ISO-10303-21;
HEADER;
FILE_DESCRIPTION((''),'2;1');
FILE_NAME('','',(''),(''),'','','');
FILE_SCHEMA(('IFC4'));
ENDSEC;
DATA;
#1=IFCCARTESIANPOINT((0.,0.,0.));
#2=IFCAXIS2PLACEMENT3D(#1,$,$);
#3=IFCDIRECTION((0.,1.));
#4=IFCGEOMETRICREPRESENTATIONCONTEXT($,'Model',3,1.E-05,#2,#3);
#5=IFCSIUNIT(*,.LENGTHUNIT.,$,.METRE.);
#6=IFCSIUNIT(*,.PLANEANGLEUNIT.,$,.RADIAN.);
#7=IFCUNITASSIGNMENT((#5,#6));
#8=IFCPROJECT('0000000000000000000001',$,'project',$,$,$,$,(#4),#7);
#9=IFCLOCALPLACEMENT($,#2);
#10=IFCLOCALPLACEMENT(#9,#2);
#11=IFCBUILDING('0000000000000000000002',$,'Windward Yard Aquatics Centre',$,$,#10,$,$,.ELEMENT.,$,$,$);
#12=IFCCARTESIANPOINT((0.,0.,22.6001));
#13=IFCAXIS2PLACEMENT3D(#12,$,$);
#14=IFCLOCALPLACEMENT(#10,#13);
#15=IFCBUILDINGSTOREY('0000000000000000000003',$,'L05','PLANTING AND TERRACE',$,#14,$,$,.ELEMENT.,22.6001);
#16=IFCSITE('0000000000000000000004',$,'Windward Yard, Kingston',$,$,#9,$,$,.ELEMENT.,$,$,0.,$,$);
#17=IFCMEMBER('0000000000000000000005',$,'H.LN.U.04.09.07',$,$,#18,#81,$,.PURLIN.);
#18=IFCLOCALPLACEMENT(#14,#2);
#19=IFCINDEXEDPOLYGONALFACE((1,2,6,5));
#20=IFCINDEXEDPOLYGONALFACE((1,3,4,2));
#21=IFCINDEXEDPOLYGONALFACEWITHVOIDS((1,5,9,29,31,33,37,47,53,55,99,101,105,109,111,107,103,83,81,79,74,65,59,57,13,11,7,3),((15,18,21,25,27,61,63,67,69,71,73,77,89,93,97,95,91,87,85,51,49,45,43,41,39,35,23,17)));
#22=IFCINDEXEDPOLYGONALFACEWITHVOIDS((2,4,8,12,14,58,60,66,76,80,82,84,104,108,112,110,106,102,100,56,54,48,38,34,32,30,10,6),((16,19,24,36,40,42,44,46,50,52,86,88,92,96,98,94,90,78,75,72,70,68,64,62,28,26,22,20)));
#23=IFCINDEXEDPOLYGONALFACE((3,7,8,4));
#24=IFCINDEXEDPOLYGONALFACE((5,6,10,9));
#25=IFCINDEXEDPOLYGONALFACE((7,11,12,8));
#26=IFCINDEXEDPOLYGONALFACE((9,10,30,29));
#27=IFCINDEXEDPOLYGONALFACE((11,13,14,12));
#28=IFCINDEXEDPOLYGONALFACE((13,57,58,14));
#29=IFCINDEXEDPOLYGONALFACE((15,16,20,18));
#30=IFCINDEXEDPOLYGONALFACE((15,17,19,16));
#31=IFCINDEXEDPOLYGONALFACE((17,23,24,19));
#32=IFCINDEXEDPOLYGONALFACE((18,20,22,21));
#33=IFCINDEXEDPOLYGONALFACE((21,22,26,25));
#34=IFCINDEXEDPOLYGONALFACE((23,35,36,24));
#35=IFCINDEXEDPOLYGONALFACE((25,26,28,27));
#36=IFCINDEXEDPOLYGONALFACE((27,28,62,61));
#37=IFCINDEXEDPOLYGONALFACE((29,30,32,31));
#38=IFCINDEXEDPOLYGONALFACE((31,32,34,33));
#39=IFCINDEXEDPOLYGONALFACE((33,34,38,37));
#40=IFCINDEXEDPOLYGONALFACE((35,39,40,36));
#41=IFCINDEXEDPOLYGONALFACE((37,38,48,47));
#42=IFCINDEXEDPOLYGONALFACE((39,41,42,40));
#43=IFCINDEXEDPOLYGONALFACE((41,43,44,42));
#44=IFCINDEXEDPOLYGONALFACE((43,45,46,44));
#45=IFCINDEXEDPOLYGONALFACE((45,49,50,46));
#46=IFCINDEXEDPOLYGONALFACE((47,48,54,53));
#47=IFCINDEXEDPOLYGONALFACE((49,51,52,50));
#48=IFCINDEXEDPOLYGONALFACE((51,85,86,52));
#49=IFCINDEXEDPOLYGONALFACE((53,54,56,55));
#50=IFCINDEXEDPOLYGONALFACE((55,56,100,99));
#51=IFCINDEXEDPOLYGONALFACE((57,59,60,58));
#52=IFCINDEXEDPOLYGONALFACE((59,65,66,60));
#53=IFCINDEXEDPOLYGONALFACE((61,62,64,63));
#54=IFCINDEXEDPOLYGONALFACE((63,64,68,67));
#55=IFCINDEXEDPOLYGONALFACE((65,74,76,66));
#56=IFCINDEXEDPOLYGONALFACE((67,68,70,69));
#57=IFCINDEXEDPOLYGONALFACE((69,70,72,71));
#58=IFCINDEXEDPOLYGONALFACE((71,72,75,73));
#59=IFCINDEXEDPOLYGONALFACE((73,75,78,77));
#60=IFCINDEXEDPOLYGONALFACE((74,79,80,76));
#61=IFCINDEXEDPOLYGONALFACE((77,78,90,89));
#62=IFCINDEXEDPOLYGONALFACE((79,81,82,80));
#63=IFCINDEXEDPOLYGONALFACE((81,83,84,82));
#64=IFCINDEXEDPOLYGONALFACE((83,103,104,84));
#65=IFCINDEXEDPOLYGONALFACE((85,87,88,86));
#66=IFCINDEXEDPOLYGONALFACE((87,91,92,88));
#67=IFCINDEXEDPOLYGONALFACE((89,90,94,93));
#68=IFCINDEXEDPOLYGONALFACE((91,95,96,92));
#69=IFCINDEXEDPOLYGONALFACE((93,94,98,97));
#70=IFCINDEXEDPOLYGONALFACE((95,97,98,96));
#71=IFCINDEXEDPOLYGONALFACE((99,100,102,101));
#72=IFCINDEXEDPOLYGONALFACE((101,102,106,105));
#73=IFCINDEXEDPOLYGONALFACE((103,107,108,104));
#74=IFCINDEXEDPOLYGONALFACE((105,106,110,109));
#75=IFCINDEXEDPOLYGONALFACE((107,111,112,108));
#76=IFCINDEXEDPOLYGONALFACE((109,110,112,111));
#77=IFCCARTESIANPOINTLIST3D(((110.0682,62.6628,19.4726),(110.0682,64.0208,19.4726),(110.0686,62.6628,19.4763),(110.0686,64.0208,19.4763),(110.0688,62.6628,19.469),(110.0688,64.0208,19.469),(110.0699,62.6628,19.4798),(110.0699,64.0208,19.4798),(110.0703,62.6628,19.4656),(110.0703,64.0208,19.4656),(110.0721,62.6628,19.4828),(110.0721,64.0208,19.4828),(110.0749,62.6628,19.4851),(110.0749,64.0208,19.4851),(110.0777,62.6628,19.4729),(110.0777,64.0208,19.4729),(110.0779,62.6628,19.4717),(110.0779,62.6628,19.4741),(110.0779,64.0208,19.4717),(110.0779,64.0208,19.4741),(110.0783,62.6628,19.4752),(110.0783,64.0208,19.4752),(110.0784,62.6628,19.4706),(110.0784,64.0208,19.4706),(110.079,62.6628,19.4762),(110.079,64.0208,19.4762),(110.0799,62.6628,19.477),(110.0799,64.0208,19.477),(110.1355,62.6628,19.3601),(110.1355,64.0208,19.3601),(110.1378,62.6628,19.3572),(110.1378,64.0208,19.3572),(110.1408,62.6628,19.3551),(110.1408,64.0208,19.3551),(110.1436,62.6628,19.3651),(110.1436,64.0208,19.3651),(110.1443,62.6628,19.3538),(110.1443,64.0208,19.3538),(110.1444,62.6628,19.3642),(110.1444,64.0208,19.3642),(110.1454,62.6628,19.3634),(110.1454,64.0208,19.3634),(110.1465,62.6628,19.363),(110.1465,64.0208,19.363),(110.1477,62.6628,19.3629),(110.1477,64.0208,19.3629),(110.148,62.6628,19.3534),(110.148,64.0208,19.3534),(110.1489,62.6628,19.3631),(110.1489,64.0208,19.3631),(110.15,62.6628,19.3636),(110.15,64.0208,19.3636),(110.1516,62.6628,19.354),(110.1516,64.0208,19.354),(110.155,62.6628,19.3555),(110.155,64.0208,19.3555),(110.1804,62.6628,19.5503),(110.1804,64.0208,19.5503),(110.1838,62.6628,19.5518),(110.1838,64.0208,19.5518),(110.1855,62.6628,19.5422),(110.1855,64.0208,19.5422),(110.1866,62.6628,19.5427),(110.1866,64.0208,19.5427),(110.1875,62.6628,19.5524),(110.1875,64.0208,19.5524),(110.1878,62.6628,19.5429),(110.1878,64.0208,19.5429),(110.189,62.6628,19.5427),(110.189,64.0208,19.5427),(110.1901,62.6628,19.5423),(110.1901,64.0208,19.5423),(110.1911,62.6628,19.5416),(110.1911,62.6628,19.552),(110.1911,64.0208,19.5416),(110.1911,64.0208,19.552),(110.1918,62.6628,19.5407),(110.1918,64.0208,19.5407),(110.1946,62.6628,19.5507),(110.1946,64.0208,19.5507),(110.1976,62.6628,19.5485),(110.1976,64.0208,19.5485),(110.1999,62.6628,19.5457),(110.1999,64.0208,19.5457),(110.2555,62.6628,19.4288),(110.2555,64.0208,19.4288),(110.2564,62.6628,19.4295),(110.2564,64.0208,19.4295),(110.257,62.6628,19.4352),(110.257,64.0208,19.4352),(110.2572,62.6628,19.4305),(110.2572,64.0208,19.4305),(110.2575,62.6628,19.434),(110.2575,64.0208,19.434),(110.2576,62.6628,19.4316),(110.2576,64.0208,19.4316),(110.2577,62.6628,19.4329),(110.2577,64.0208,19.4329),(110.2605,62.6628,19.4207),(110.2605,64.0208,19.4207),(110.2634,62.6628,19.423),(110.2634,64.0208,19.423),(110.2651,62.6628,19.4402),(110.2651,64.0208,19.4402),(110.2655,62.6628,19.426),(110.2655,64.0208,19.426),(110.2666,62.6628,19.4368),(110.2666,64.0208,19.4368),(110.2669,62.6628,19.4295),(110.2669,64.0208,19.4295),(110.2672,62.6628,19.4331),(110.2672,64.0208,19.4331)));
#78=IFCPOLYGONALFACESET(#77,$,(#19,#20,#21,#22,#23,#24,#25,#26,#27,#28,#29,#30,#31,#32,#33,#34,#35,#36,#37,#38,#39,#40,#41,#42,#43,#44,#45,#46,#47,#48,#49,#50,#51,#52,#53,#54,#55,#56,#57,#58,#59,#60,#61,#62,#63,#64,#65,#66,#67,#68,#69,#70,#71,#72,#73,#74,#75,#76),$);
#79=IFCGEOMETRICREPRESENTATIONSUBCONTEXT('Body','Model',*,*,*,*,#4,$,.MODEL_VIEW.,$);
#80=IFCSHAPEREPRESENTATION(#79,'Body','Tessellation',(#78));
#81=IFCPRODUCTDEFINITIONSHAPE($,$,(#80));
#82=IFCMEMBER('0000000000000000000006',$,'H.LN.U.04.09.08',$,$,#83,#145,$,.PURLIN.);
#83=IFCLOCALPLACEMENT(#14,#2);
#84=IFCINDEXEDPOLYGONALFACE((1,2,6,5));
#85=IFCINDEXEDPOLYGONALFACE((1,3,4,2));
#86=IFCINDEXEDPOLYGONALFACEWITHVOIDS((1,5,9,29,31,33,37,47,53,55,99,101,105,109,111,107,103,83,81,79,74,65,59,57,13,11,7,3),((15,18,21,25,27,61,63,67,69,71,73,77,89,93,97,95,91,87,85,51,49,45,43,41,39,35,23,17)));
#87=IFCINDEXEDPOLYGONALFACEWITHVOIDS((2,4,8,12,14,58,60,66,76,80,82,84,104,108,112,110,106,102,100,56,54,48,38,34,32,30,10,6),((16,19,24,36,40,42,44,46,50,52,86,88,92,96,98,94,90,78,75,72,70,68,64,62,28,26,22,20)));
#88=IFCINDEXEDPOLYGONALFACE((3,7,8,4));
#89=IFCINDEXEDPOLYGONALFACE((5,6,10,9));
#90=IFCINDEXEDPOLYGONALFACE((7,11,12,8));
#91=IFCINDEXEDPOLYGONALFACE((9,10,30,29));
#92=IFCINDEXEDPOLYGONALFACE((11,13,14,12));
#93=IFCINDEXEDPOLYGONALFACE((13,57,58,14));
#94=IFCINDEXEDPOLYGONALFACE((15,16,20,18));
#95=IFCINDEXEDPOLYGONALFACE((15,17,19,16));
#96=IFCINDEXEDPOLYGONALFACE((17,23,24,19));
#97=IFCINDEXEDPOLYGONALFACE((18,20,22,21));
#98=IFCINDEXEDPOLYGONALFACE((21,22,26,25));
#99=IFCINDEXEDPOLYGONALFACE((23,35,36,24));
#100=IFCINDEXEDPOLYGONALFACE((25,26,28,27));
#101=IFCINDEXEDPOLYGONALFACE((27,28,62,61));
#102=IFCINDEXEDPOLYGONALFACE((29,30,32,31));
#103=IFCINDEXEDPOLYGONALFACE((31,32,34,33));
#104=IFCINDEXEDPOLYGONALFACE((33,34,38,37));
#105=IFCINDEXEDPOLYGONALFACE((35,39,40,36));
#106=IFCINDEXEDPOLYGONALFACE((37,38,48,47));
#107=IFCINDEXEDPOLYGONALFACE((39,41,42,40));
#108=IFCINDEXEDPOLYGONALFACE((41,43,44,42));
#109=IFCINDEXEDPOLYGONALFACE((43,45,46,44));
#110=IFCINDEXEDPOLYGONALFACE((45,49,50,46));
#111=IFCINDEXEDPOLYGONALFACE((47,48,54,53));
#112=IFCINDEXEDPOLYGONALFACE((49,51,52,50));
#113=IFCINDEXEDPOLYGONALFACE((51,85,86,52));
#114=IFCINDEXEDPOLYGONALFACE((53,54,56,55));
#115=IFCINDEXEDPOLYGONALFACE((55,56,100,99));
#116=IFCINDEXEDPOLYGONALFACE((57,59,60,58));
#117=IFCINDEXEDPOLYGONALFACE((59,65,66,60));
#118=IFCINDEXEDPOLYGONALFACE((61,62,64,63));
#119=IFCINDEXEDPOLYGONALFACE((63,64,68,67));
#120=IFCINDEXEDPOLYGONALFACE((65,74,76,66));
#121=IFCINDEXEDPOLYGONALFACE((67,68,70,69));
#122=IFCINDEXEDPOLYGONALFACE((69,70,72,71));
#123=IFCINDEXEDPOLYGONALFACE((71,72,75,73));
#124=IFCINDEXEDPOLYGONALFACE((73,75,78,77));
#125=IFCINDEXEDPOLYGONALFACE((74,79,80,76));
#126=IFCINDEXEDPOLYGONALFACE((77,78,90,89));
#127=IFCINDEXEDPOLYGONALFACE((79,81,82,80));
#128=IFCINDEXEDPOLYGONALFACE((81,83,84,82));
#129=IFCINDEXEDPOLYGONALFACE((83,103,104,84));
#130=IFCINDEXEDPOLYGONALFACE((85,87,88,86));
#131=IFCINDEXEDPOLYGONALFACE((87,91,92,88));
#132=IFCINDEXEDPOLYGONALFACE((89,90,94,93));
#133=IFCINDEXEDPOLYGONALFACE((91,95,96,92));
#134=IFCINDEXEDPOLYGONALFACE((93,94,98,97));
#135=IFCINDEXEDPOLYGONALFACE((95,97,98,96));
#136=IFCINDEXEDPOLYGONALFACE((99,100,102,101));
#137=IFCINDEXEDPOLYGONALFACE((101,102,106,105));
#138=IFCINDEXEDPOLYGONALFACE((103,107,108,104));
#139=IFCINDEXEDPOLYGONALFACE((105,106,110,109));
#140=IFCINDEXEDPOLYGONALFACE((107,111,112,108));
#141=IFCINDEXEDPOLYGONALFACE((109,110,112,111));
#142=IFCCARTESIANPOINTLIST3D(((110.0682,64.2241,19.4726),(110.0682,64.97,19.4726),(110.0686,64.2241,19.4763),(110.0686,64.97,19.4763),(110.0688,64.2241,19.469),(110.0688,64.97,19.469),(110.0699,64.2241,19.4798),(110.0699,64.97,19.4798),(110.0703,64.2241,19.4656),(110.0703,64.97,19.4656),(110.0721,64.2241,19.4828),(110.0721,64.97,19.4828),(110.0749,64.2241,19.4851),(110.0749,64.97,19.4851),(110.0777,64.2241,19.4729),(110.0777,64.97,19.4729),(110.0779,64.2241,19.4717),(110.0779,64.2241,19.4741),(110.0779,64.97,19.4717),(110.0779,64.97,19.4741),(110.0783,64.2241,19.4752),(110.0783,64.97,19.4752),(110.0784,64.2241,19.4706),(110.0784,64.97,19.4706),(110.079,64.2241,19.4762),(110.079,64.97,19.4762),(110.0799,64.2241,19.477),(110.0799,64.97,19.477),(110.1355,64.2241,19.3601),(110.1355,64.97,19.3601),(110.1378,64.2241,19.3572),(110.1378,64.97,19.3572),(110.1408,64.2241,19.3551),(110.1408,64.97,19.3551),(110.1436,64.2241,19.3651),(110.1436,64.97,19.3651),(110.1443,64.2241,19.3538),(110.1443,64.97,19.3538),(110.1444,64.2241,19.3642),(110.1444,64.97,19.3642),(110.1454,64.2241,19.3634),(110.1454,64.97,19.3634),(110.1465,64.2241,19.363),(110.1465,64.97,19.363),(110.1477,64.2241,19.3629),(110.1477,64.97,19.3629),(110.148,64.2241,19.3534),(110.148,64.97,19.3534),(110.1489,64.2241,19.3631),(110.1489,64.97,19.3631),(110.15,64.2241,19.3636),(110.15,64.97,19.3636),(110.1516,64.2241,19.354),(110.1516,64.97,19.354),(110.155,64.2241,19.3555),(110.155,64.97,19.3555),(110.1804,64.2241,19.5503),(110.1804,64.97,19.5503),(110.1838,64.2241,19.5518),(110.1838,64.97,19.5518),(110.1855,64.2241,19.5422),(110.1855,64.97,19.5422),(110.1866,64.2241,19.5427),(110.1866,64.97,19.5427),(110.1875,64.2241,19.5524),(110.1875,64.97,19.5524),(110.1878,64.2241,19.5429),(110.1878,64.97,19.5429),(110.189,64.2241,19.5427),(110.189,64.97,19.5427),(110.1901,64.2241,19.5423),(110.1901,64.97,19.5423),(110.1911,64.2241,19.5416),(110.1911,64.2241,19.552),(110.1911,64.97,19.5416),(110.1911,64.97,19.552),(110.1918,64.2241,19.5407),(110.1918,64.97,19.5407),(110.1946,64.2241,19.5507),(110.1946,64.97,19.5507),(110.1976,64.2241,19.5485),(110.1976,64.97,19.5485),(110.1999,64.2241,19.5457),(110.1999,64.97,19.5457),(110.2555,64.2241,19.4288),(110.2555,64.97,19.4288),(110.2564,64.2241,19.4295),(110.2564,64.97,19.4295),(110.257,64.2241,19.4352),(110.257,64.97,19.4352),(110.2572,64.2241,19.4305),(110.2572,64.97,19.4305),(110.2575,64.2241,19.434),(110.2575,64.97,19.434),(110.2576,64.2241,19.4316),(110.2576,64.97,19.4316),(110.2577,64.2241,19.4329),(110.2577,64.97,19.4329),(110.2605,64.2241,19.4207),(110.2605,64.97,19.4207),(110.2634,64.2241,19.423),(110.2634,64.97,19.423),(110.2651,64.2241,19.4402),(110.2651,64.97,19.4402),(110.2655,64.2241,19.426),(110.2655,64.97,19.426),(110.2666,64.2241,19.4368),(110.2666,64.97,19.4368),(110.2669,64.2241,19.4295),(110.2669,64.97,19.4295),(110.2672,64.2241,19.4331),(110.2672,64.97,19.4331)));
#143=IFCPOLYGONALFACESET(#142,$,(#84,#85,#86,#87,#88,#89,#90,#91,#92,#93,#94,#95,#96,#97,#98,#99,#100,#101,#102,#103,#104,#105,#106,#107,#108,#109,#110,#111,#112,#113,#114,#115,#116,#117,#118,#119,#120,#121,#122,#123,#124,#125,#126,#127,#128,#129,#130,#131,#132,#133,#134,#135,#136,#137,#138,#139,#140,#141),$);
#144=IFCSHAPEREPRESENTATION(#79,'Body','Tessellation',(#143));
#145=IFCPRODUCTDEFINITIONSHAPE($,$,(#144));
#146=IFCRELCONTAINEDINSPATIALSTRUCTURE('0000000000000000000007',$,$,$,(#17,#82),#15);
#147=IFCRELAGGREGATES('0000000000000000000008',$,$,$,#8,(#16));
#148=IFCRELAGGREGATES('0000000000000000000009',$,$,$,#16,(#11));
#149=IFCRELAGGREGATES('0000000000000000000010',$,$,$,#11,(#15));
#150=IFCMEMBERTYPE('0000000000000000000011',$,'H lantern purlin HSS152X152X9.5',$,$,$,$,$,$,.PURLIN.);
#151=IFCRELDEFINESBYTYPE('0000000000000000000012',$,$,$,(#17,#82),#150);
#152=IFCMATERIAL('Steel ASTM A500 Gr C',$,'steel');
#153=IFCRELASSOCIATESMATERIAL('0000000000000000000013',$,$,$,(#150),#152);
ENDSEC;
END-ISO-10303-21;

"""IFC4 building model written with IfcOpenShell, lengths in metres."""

from ifc_helpers import new_model, si_unit, direction, frame, origin, origin_2d, place, context, subcontext, project, spatial, hollow_rectangle, extrude, material, material_profile, profile_set, type_object, element, save


model = new_model("IFC4")

# Units and contexts
model_context = context("Model", 3, precision=1e-05, world=origin(), true_north=direction((0.0, 1.0)))
body_context = subcontext(model_context, "Body", "Model", "MODEL_VIEW")
ifc_project = project(units=[si_unit("LENGTHUNIT", "METRE"), si_unit("PLANEANGLEUNIT", "RADIAN")], contexts=[model_context])

# Site, building, storey
site_placement = place(None, origin())
site = spatial("IfcSite", under=ifc_project, at=site_placement, Name="Windward Yard, Kingston", CompositionType="ELEMENT", RefElevation=0.0)
building_placement = place(site_placement, origin())
building = spatial("IfcBuilding", under=site, at=building_placement, Name="Windward Yard Aquatics Centre", CompositionType="ELEMENT")
storey_placement = place(building_placement, frame((0.0, 0.0, 22.6001)))
storey = spatial("IfcBuildingStorey", under=building, at=storey_placement, Name="L05", Description="PLANTING AND TERRACE", CompositionType="ELEMENT", Elevation=22.6001)

# Members
ifc_material_1 = material(Name="Steel ASTM A500 Gr C", Category="steel")
ifc_material_profile = material_profile(ifc_material_1, hollow_rectangle(XDim=0.1523, YDim=0.1523, WallThickness=0.0095, InnerFilletRadius=0.0046, OuterFilletRadius=0.0142, at=origin_2d()), Name="HSS152X152X9.5")
ifc_profile_set = profile_set([ifc_material_profile], Name="Steel ASTM A500 Gr C")
member_type = type_object("IfcMemberType", Name="H lantern purlin HSS152X152X9.5", PredefinedType="PURLIN", material=ifc_profile_set)
member_1_placement = place(storey_placement, frame((110.1677, 62.6628, 19.4529), z_axis=(0.0, 1.0, 0.0), x_axis=(-0.850755, 0.0, -0.525562)))
element("IfcMember", 1, at=member_1_placement, inside=storey, type_object=member_type, Name="H.LN.U.04.09.07", PredefinedType="PURLIN", context=body_context, shape_type="SweptSolid", body=[
    extrude(hollow_rectangle(XDim=0.1523, YDim=0.1523, WallThickness=0.0095, InnerFilletRadius=0.0046, OuterFilletRadius=0.0142, at=origin_2d()), origin(), (0.0, 0.0, 1.0), 1.3579),
])
member_2_placement = place(storey_placement, frame((110.1677, 64.2241, 19.4529), z_axis=(0.0, 1.0, 0.0), x_axis=(-0.850755, 0.0, -0.525562)))
element("IfcMember", 2, at=member_2_placement, inside=storey, type_object=member_type, Name="H.LN.U.04.09.08", PredefinedType="PURLIN", context=body_context, shape_type="SweptSolid", body=[
    extrude(hollow_rectangle(XDim=0.1523, YDim=0.1523, WallThickness=0.0095, InnerFilletRadius=0.0046, OuterFilletRadius=0.0142, at=origin_2d()), origin(), (0.0, 0.0, 1.0), 0.7458),
])

save(model, "model.ifc")
